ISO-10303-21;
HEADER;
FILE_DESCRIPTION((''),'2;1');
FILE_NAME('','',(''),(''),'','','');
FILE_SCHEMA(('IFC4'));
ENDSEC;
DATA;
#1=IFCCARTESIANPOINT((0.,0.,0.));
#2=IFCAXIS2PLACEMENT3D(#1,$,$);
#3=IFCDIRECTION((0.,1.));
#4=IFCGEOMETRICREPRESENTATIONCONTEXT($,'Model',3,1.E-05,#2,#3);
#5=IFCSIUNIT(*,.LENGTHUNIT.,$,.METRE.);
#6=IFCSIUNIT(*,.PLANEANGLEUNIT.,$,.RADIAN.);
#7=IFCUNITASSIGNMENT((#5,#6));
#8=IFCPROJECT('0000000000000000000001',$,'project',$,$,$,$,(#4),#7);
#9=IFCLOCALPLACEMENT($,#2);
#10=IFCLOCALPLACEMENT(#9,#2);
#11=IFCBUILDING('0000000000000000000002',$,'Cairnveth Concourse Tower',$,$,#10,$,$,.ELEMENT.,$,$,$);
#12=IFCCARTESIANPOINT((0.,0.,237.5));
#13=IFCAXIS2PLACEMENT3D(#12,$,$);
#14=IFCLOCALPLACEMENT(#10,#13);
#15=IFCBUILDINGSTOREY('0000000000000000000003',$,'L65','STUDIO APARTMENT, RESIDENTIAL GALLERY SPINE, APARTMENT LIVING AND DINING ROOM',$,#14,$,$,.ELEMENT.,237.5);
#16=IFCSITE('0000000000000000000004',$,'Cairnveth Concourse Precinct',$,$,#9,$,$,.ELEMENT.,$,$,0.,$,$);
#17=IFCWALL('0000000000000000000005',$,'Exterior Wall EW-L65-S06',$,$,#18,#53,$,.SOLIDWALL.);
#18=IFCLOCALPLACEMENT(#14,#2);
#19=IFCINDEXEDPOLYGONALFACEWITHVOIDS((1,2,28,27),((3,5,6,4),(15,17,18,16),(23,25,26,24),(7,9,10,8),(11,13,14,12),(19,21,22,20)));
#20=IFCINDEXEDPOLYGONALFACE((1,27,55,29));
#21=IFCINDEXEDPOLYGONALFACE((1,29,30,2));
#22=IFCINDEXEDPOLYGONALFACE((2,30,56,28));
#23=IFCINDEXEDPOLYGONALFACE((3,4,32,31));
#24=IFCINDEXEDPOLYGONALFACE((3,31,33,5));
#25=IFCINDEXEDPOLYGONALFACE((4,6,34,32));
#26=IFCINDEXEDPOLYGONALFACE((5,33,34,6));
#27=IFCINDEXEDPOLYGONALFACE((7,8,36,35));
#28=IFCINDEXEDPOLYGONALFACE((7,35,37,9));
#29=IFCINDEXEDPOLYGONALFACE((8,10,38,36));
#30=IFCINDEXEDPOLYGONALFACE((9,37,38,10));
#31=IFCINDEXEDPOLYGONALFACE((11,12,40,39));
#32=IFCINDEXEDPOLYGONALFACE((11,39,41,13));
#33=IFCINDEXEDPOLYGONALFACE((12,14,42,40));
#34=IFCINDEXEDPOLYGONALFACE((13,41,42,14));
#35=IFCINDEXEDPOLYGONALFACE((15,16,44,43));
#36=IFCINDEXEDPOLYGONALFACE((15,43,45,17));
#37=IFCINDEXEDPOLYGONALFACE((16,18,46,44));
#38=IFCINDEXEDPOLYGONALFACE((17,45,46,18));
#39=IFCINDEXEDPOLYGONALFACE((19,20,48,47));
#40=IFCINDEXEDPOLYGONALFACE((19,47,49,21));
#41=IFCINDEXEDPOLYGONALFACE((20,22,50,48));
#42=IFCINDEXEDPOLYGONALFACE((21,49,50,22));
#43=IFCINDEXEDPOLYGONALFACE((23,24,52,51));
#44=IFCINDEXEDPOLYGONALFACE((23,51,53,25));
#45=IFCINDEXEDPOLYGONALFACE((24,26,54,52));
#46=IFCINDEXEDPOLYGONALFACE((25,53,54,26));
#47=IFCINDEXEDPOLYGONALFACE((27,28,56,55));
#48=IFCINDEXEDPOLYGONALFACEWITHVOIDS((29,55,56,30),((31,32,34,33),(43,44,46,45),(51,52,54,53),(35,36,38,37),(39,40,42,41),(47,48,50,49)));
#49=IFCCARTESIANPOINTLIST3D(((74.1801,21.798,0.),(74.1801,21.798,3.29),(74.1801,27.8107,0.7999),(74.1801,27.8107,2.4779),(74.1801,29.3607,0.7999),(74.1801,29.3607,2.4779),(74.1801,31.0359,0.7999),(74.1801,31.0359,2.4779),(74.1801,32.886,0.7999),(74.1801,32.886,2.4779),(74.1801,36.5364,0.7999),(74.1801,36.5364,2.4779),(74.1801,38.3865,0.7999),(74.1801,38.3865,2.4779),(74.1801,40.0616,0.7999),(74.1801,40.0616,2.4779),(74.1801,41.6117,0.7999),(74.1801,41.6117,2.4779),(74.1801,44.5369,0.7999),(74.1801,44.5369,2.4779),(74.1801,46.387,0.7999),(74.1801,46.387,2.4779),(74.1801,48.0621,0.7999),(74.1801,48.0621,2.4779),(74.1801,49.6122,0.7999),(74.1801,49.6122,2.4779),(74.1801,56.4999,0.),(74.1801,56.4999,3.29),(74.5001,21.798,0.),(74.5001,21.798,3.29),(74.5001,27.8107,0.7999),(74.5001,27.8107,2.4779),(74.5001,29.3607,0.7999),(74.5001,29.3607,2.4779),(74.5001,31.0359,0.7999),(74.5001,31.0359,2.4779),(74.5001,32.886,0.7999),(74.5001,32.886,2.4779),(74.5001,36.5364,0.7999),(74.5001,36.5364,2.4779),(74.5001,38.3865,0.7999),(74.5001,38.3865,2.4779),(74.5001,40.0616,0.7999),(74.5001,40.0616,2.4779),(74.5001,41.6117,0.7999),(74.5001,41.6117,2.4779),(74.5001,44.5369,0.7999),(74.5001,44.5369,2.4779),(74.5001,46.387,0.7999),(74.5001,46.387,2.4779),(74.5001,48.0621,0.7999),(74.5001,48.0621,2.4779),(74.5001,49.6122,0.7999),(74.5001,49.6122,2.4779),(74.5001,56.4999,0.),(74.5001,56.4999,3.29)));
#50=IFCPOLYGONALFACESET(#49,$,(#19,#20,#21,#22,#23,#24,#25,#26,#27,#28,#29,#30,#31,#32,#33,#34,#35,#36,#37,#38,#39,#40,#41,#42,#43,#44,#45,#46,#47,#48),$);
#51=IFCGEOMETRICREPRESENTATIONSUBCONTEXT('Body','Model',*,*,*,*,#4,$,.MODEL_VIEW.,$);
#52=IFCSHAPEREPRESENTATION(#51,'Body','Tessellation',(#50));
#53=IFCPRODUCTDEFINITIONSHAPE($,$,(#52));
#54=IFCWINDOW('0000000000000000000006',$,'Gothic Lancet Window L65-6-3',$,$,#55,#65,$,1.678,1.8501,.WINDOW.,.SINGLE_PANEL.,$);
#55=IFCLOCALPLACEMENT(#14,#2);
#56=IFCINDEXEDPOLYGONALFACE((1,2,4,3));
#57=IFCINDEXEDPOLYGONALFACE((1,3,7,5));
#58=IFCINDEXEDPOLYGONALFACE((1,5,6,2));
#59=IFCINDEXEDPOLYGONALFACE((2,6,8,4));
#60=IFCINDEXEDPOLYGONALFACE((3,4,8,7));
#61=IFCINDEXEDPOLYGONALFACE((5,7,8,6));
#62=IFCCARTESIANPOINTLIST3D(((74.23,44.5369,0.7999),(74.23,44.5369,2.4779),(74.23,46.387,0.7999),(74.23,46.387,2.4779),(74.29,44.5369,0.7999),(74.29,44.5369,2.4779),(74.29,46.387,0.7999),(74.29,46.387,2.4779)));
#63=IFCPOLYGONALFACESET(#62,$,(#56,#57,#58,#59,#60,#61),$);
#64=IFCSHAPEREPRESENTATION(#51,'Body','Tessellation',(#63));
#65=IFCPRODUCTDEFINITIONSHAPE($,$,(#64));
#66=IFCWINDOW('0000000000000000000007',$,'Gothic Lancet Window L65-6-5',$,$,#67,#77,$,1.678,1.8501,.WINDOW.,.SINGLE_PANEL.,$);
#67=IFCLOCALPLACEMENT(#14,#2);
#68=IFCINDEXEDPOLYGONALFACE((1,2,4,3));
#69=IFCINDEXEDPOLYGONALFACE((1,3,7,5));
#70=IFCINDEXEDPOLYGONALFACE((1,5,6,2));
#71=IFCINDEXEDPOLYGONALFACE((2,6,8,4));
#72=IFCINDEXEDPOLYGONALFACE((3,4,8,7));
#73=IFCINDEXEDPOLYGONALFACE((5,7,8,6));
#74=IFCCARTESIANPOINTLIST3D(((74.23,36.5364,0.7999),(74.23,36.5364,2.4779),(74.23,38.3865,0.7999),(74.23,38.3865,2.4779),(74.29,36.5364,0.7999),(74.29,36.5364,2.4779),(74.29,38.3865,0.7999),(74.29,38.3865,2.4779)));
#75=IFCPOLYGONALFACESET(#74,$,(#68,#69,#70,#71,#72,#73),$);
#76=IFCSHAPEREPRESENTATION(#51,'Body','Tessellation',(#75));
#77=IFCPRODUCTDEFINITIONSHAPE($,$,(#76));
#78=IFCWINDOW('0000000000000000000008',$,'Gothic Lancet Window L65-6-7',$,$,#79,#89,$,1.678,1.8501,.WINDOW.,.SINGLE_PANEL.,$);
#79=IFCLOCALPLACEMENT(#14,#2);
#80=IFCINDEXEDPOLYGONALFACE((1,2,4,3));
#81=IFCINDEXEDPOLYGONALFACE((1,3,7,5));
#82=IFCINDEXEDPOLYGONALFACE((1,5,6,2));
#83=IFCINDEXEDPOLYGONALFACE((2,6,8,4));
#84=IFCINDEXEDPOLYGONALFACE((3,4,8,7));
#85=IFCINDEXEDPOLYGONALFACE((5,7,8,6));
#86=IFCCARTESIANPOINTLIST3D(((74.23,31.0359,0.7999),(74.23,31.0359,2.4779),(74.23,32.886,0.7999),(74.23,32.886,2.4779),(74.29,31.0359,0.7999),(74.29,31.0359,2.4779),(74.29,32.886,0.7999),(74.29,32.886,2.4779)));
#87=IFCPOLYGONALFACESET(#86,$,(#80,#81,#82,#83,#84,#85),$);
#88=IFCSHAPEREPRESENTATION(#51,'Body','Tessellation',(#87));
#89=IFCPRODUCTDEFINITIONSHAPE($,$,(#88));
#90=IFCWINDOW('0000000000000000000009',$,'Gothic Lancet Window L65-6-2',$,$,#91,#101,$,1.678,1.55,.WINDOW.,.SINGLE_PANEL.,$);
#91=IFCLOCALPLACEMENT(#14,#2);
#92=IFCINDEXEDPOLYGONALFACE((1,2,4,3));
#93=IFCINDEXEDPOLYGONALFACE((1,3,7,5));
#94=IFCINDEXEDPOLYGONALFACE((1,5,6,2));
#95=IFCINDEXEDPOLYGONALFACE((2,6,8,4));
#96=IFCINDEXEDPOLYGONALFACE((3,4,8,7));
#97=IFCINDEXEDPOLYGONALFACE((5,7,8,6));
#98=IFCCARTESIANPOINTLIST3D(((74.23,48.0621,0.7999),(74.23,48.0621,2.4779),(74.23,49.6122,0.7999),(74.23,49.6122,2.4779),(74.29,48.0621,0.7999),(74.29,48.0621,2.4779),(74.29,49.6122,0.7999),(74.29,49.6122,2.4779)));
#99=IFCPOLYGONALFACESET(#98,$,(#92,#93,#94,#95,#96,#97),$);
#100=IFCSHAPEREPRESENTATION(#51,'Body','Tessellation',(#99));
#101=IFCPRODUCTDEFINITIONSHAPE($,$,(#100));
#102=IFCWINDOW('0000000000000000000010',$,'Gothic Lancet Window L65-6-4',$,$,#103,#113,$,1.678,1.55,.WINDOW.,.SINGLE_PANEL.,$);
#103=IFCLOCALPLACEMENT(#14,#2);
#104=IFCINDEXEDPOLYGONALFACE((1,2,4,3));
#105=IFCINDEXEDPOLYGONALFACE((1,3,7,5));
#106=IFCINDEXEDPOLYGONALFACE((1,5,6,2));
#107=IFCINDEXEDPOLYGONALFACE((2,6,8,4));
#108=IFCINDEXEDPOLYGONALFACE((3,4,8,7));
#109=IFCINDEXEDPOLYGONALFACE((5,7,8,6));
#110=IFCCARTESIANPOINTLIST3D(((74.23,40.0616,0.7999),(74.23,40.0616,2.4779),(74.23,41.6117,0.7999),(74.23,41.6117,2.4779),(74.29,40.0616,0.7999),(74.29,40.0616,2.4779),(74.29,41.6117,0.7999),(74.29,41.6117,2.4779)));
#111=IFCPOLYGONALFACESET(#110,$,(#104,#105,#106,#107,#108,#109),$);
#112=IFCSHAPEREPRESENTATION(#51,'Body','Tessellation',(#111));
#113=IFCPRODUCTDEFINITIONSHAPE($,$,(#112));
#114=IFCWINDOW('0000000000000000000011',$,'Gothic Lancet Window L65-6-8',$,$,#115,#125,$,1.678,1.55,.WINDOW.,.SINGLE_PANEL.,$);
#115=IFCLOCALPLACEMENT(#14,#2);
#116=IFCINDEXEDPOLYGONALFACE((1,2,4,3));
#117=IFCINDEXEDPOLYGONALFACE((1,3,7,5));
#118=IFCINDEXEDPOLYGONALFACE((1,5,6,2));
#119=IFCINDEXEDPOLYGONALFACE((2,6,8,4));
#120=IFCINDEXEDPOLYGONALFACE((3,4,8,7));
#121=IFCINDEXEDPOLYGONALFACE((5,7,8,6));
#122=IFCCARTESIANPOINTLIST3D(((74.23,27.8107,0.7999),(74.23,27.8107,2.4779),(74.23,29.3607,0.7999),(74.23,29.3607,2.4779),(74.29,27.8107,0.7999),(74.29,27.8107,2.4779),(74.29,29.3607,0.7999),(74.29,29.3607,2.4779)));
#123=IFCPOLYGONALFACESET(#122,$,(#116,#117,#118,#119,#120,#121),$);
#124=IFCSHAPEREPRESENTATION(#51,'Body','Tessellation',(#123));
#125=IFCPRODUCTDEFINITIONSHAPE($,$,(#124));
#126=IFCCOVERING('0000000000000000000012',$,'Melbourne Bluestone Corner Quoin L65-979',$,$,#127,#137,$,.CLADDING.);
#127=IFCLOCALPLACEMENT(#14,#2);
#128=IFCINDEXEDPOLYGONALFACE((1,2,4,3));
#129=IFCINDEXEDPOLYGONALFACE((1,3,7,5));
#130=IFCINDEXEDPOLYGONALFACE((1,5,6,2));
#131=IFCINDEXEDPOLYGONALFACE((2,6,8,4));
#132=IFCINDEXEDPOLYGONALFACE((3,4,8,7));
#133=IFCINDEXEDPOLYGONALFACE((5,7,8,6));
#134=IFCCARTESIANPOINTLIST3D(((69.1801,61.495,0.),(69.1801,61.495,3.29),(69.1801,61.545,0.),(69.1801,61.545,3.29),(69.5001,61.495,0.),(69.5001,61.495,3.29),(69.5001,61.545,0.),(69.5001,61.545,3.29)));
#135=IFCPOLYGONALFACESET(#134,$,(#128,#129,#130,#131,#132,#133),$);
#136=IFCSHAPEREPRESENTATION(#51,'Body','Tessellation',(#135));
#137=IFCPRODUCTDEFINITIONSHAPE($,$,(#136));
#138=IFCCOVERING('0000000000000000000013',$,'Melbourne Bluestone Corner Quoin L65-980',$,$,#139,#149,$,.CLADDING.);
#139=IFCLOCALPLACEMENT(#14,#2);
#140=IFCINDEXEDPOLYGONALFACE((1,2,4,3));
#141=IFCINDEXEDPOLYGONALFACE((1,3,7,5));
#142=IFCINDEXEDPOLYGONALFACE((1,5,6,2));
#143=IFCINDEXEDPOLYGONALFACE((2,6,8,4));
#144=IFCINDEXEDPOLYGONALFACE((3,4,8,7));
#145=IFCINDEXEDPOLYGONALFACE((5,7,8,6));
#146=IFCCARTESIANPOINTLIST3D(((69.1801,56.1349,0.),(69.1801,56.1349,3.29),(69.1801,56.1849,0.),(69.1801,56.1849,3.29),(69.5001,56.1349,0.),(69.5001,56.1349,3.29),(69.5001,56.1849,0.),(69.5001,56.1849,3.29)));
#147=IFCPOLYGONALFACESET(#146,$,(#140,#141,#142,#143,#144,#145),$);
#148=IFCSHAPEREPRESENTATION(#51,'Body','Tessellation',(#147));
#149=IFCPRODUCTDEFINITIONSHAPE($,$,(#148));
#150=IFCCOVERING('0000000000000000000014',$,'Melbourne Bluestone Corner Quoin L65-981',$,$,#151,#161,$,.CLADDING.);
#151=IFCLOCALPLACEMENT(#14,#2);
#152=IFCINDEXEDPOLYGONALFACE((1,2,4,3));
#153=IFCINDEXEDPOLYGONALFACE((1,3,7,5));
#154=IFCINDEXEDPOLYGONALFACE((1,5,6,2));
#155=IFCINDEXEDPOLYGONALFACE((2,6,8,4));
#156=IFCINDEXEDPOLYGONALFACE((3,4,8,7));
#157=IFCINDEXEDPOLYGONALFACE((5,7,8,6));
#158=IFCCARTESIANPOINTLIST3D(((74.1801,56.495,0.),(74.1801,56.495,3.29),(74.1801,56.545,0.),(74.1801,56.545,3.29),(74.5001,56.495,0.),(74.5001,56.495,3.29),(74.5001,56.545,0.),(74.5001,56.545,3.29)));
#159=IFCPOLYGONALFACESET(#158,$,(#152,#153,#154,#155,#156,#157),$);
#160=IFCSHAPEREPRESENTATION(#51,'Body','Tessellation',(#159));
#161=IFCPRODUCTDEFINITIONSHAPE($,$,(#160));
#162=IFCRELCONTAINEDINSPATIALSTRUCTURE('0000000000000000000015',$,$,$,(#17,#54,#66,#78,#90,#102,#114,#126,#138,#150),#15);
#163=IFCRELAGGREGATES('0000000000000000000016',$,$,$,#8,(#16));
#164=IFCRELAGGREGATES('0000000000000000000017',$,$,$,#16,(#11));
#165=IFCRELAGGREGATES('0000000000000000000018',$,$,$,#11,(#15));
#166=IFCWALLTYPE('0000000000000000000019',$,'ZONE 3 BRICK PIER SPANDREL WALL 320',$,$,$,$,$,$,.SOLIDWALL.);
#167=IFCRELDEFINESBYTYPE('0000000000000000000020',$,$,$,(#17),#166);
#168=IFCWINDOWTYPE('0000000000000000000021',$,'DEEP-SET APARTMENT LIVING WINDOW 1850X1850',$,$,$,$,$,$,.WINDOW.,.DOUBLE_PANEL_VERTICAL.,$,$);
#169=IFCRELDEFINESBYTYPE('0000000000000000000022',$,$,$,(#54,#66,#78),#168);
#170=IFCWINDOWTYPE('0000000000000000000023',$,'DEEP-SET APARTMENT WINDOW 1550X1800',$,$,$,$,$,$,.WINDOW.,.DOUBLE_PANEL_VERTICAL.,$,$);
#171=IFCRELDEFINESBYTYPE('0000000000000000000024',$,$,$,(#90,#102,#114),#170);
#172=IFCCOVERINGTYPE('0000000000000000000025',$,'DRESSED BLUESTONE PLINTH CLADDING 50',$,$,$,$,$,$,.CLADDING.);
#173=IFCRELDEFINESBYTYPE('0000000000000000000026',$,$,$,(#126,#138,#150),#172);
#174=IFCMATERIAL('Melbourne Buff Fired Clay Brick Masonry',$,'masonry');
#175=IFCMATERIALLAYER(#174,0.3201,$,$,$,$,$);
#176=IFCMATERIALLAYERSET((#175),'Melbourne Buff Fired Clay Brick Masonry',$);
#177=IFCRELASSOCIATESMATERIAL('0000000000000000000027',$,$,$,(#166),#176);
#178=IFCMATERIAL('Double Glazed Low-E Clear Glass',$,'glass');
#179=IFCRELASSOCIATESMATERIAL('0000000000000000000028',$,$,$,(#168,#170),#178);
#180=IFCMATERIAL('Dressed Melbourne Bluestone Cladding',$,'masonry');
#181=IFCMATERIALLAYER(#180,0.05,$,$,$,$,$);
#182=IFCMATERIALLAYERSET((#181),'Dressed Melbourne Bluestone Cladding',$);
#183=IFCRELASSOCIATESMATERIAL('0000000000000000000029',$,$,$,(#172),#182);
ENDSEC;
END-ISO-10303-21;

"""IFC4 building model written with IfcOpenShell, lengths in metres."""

from ifc_helpers import new_model, si_unit, direction, frame, frame_2d, origin, place, context, subcontext, project, spatial, rectangle, extrude, material, layer, layer_set, type_object, element, fill, save


model = new_model("IFC4")

# Units and contexts
model_context = context("Model", 3, precision=1e-05, world=origin(), true_north=direction((0.0, 1.0)))
body_context = subcontext(model_context, "Body", "Model", "MODEL_VIEW")
ifc_project = project(units=[si_unit("LENGTHUNIT", "METRE"), si_unit("PLANEANGLEUNIT", "RADIAN")], contexts=[model_context])

# Site, building, storey
site_placement = place(None, origin())
site = spatial("IfcSite", under=ifc_project, at=site_placement, Name="Cairnveth Concourse Precinct", CompositionType="ELEMENT", RefElevation=0.0)
building_placement = place(site_placement, origin())
building = spatial("IfcBuilding", under=site, at=building_placement, Name="Cairnveth Concourse Tower", CompositionType="ELEMENT")
storey_placement = place(building_placement, frame((0.0, 0.0, 237.5)))
storey = spatial("IfcBuildingStorey", under=building, at=storey_placement, Name="L65", Description="STUDIO APARTMENT, RESIDENTIAL GALLERY SPINE, APARTMENT LIVING AND DINING ROOM", CompositionType="ELEMENT", Elevation=237.5)

# Shared definitions
ifc_material_1 = material(Name="Melbourne Buff Fired Clay Brick Masonry", Category="masonry")
ifc_layer_1 = layer(ifc_material_1, 0.3201)
ifc_layer_set_1 = layer_set([ifc_layer_1], Name="Melbourne Buff Fired Clay Brick Masonry")
wall_type_1 = type_object("IfcWallType", Name="ZONE 3 BRICK PIER SPANDREL WALL 320", PredefinedType="SOLIDWALL", material=ifc_layer_set_1)
ifc_material_2 = material(Name="Double Glazed Low-E Clear Glass", Category="glass")

# Wall, openings, windows
wall_1_placement = place(storey_placement, frame((74.3401, 56.5, 0.0), z_axis=(0.0, 0.0, 1.0), x_axis=(0.0, -1.0, 0.0)))
wall_1 = element("IfcWall", 1, at=wall_1_placement, inside=storey, type_object=wall_type_1, Name="Exterior Wall EW-L65-S06", PredefinedType="SOLIDWALL", context=body_context, shape_type="SweptSolid", body=[
    extrude(rectangle(XDim=34.7019, YDim=0.3201, at=frame_2d((17.3511, 0.0))), origin(), (0.0, 0.0, 1.0), 3.29),
])
opening_1_placement = place(wall_1_placement, frame((6.8879, 0.0, 0.8)))
opening_1 = element("IfcOpeningElement", 2, at=opening_1_placement, cuts=wall_1, PredefinedType="OPENING", context=body_context, shape_type="SweptSolid", body=[
    extrude(rectangle(XDim=1.55, YDim=1.678, at=frame_2d((0.7749, 0.8389))), frame((0.0, 0.1699, 0.0), z_axis=(0.0, -1.0, 0.0), x_axis=(1.0, 0.0, 0.0)), (0.0, 0.0, 1.0), 0.3401),
])
opening_2_placement = place(wall_1_placement, frame((10.113, 0.0, 0.8)))
opening_2 = element("IfcOpeningElement", 3, at=opening_2_placement, cuts=wall_1, PredefinedType="OPENING", context=body_context, shape_type="SweptSolid", body=[
    extrude(rectangle(XDim=1.8501, YDim=1.678, at=frame_2d((0.925, 0.8389))), frame((0.0, 0.1699, 0.0), z_axis=(0.0, -1.0, 0.0), x_axis=(1.0, 0.0, 0.0)), (0.0, 0.0, 1.0), 0.3401),
])
opening_3_placement = place(wall_1_placement, frame((14.8884, 0.0, 0.8)))
opening_3 = element("IfcOpeningElement", 4, at=opening_3_placement, cuts=wall_1, PredefinedType="OPENING", context=body_context, shape_type="SweptSolid", body=[
    extrude(rectangle(XDim=1.55, YDim=1.678, at=frame_2d((0.7749, 0.8389))), frame((0.0, 0.1699, 0.0), z_axis=(0.0, -1.0, 0.0), x_axis=(1.0, 0.0, 0.0)), (0.0, 0.0, 1.0), 0.3401),
])
opening_4_placement = place(wall_1_placement, frame((18.1135, 0.0, 0.8)))
opening_4 = element("IfcOpeningElement", 5, at=opening_4_placement, cuts=wall_1, PredefinedType="OPENING", context=body_context, shape_type="SweptSolid", body=[
    extrude(rectangle(XDim=1.8501, YDim=1.678, at=frame_2d((0.925, 0.8389))), frame((0.0, 0.1699, 0.0), z_axis=(0.0, -1.0, 0.0), x_axis=(1.0, 0.0, 0.0)), (0.0, 0.0, 1.0), 0.3401),
])
opening_5_placement = place(wall_1_placement, frame((23.614, 0.0, 0.8)))
opening_5 = element("IfcOpeningElement", 6, at=opening_5_placement, cuts=wall_1, PredefinedType="OPENING", context=body_context, shape_type="SweptSolid", body=[
    extrude(rectangle(XDim=1.8501, YDim=1.678, at=frame_2d((0.925, 0.8389))), frame((0.0, 0.1699, 0.0), z_axis=(0.0, -1.0, 0.0), x_axis=(1.0, 0.0, 0.0)), (0.0, 0.0, 1.0), 0.3401),
])
opening_6_placement = place(wall_1_placement, frame((27.1394, 0.0, 0.8)))
opening_6 = element("IfcOpeningElement", 7, at=opening_6_placement, cuts=wall_1, PredefinedType="OPENING", context=body_context, shape_type="SweptSolid", body=[
    extrude(rectangle(XDim=1.55, YDim=1.678, at=frame_2d((0.7749, 0.8389))), frame((0.0, 0.1699, 0.0), z_axis=(0.0, -1.0, 0.0), x_axis=(1.0, 0.0, 0.0)), (0.0, 0.0, 1.0), 0.3401),
])
window_type_1 = type_object("IfcWindowType", Name="DEEP-SET APARTMENT LIVING WINDOW 1850X1850", PartitioningType="DOUBLE_PANEL_VERTICAL", PredefinedType="WINDOW", material=ifc_material_2)
window_1_placement = place(opening_2_placement, origin())
window_1 = element("IfcWindow", 8, at=window_1_placement, inside=storey, type_object=window_type_1, Name="Gothic Lancet Window L65-6-3", OverallHeight=1.678, OverallWidth=1.8501, PartitioningType="SINGLE_PANEL", PredefinedType="WINDOW", context=body_context, shape_type="SweptSolid", body=[
    extrude(rectangle(XDim=1.8501, YDim=1.678, at=frame_2d((0.925, 0.8389))), frame((0.0, -0.05, 0.0), z_axis=(0.0, -1.0, 0.0), x_axis=(1.0, 0.0, 0.0)), (0.0, 0.0, 1.0), 0.0601),
])
fill(opening_2, window_1)
window_2_placement = place(opening_4_placement, origin())
window_2 = element("IfcWindow", 9, at=window_2_placement, inside=storey, type_object=window_type_1, Name="Gothic Lancet Window L65-6-5", OverallHeight=1.678, OverallWidth=1.8501, PartitioningType="SINGLE_PANEL", PredefinedType="WINDOW", context=body_context, shape_type="SweptSolid", body=[
    extrude(rectangle(XDim=1.8501, YDim=1.678, at=frame_2d((0.925, 0.8389))), frame((0.0, -0.05, 0.0), z_axis=(0.0, -1.0, 0.0), x_axis=(1.0, 0.0, 0.0)), (0.0, 0.0, 1.0), 0.0601),
])
fill(opening_4, window_2)
window_3_placement = place(opening_5_placement, origin())
window_3 = element("IfcWindow", 10, at=window_3_placement, inside=storey, type_object=window_type_1, Name="Gothic Lancet Window L65-6-7", OverallHeight=1.678, OverallWidth=1.8501, PartitioningType="SINGLE_PANEL", PredefinedType="WINDOW", context=body_context, shape_type="SweptSolid", body=[
    extrude(rectangle(XDim=1.8501, YDim=1.678, at=frame_2d((0.925, 0.8389))), frame((0.0, -0.05, 0.0), z_axis=(0.0, -1.0, 0.0), x_axis=(1.0, 0.0, 0.0)), (0.0, 0.0, 1.0), 0.0601),
])
fill(opening_5, window_3)
window_type_2 = type_object("IfcWindowType", Name="DEEP-SET APARTMENT WINDOW 1550X1800", PartitioningType="DOUBLE_PANEL_VERTICAL", PredefinedType="WINDOW", material=ifc_material_2)
window_4_placement = place(opening_1_placement, origin())
window_4 = element("IfcWindow", 11, at=window_4_placement, inside=storey, type_object=window_type_2, Name="Gothic Lancet Window L65-6-2", OverallHeight=1.678, OverallWidth=1.55, PartitioningType="SINGLE_PANEL", PredefinedType="WINDOW", context=body_context, shape_type="SweptSolid", body=[
    extrude(rectangle(XDim=1.55, YDim=1.678, at=frame_2d((0.7749, 0.8389))), frame((0.0, -0.05, 0.0), z_axis=(0.0, -1.0, 0.0), x_axis=(1.0, 0.0, 0.0)), (0.0, 0.0, 1.0), 0.0601),
])
fill(opening_1, window_4)
window_5_placement = place(opening_3_placement, origin())
window_5 = element("IfcWindow", 12, at=window_5_placement, inside=storey, type_object=window_type_2, Name="Gothic Lancet Window L65-6-4", OverallHeight=1.678, OverallWidth=1.55, PartitioningType="SINGLE_PANEL", PredefinedType="WINDOW", context=body_context, shape_type="SweptSolid", body=[
    extrude(rectangle(XDim=1.55, YDim=1.678, at=frame_2d((0.7749, 0.8389))), frame((0.0, -0.05, 0.0), z_axis=(0.0, -1.0, 0.0), x_axis=(1.0, 0.0, 0.0)), (0.0, 0.0, 1.0), 0.0601),
])
fill(opening_3, window_5)
window_6_placement = place(opening_6_placement, origin())
window_6 = element("IfcWindow", 13, at=window_6_placement, inside=storey, type_object=window_type_2, Name="Gothic Lancet Window L65-6-8", OverallHeight=1.678, OverallWidth=1.55, PartitioningType="SINGLE_PANEL", PredefinedType="WINDOW", context=body_context, shape_type="SweptSolid", body=[
    extrude(rectangle(XDim=1.55, YDim=1.678, at=frame_2d((0.7749, 0.8389))), frame((0.0, -0.05, 0.0), z_axis=(0.0, -1.0, 0.0), x_axis=(1.0, 0.0, 0.0)), (0.0, 0.0, 1.0), 0.0601),
])
fill(opening_6, window_6)

# Coverings
ifc_material_3 = material(Name="Dressed Melbourne Bluestone Cladding", Category="masonry")
ifc_layer_2 = layer(ifc_material_3, 0.05)
ifc_layer_set_2 = layer_set([ifc_layer_2], Name="Dressed Melbourne Bluestone Cladding")
covering_type = type_object("IfcCoveringType", Name="DRESSED BLUESTONE PLINTH CLADDING 50", PredefinedType="CLADDING", material=ifc_layer_set_2)
for number, where, z_axis, x_axis, name in (
    (14, (69.1799, 61.52, 0.0), (0.0, 0.0, 1.0), (1.0, 0.0, 0.0), "Melbourne Bluestone Corner Quoin L65-979"),
    (15, (69.1799, 56.1599, 0.0), (0.0, 0.0, 1.0), (1.0, 0.0, 0.0), "Melbourne Bluestone Corner Quoin L65-980"),
    (16, (74.1799, 56.52, 0.0), (0.0, 0.0, 1.0), (1.0, 0.0, 0.0), "Melbourne Bluestone Corner Quoin L65-981"),
):
    element("IfcCovering", number, at=place(storey_placement, frame(where, z_axis=z_axis, x_axis=x_axis)), inside=storey, type_object=covering_type, Name=name, PredefinedType="CLADDING", context=body_context, shape_type="SweptSolid", body=[
        extrude(rectangle(XDim=0.3201, YDim=0.05, at=frame_2d((0.1602, 0.0))), origin(), (0.0, 0.0, 1.0), 3.29),
    ])

save(model, "model.ifc")
